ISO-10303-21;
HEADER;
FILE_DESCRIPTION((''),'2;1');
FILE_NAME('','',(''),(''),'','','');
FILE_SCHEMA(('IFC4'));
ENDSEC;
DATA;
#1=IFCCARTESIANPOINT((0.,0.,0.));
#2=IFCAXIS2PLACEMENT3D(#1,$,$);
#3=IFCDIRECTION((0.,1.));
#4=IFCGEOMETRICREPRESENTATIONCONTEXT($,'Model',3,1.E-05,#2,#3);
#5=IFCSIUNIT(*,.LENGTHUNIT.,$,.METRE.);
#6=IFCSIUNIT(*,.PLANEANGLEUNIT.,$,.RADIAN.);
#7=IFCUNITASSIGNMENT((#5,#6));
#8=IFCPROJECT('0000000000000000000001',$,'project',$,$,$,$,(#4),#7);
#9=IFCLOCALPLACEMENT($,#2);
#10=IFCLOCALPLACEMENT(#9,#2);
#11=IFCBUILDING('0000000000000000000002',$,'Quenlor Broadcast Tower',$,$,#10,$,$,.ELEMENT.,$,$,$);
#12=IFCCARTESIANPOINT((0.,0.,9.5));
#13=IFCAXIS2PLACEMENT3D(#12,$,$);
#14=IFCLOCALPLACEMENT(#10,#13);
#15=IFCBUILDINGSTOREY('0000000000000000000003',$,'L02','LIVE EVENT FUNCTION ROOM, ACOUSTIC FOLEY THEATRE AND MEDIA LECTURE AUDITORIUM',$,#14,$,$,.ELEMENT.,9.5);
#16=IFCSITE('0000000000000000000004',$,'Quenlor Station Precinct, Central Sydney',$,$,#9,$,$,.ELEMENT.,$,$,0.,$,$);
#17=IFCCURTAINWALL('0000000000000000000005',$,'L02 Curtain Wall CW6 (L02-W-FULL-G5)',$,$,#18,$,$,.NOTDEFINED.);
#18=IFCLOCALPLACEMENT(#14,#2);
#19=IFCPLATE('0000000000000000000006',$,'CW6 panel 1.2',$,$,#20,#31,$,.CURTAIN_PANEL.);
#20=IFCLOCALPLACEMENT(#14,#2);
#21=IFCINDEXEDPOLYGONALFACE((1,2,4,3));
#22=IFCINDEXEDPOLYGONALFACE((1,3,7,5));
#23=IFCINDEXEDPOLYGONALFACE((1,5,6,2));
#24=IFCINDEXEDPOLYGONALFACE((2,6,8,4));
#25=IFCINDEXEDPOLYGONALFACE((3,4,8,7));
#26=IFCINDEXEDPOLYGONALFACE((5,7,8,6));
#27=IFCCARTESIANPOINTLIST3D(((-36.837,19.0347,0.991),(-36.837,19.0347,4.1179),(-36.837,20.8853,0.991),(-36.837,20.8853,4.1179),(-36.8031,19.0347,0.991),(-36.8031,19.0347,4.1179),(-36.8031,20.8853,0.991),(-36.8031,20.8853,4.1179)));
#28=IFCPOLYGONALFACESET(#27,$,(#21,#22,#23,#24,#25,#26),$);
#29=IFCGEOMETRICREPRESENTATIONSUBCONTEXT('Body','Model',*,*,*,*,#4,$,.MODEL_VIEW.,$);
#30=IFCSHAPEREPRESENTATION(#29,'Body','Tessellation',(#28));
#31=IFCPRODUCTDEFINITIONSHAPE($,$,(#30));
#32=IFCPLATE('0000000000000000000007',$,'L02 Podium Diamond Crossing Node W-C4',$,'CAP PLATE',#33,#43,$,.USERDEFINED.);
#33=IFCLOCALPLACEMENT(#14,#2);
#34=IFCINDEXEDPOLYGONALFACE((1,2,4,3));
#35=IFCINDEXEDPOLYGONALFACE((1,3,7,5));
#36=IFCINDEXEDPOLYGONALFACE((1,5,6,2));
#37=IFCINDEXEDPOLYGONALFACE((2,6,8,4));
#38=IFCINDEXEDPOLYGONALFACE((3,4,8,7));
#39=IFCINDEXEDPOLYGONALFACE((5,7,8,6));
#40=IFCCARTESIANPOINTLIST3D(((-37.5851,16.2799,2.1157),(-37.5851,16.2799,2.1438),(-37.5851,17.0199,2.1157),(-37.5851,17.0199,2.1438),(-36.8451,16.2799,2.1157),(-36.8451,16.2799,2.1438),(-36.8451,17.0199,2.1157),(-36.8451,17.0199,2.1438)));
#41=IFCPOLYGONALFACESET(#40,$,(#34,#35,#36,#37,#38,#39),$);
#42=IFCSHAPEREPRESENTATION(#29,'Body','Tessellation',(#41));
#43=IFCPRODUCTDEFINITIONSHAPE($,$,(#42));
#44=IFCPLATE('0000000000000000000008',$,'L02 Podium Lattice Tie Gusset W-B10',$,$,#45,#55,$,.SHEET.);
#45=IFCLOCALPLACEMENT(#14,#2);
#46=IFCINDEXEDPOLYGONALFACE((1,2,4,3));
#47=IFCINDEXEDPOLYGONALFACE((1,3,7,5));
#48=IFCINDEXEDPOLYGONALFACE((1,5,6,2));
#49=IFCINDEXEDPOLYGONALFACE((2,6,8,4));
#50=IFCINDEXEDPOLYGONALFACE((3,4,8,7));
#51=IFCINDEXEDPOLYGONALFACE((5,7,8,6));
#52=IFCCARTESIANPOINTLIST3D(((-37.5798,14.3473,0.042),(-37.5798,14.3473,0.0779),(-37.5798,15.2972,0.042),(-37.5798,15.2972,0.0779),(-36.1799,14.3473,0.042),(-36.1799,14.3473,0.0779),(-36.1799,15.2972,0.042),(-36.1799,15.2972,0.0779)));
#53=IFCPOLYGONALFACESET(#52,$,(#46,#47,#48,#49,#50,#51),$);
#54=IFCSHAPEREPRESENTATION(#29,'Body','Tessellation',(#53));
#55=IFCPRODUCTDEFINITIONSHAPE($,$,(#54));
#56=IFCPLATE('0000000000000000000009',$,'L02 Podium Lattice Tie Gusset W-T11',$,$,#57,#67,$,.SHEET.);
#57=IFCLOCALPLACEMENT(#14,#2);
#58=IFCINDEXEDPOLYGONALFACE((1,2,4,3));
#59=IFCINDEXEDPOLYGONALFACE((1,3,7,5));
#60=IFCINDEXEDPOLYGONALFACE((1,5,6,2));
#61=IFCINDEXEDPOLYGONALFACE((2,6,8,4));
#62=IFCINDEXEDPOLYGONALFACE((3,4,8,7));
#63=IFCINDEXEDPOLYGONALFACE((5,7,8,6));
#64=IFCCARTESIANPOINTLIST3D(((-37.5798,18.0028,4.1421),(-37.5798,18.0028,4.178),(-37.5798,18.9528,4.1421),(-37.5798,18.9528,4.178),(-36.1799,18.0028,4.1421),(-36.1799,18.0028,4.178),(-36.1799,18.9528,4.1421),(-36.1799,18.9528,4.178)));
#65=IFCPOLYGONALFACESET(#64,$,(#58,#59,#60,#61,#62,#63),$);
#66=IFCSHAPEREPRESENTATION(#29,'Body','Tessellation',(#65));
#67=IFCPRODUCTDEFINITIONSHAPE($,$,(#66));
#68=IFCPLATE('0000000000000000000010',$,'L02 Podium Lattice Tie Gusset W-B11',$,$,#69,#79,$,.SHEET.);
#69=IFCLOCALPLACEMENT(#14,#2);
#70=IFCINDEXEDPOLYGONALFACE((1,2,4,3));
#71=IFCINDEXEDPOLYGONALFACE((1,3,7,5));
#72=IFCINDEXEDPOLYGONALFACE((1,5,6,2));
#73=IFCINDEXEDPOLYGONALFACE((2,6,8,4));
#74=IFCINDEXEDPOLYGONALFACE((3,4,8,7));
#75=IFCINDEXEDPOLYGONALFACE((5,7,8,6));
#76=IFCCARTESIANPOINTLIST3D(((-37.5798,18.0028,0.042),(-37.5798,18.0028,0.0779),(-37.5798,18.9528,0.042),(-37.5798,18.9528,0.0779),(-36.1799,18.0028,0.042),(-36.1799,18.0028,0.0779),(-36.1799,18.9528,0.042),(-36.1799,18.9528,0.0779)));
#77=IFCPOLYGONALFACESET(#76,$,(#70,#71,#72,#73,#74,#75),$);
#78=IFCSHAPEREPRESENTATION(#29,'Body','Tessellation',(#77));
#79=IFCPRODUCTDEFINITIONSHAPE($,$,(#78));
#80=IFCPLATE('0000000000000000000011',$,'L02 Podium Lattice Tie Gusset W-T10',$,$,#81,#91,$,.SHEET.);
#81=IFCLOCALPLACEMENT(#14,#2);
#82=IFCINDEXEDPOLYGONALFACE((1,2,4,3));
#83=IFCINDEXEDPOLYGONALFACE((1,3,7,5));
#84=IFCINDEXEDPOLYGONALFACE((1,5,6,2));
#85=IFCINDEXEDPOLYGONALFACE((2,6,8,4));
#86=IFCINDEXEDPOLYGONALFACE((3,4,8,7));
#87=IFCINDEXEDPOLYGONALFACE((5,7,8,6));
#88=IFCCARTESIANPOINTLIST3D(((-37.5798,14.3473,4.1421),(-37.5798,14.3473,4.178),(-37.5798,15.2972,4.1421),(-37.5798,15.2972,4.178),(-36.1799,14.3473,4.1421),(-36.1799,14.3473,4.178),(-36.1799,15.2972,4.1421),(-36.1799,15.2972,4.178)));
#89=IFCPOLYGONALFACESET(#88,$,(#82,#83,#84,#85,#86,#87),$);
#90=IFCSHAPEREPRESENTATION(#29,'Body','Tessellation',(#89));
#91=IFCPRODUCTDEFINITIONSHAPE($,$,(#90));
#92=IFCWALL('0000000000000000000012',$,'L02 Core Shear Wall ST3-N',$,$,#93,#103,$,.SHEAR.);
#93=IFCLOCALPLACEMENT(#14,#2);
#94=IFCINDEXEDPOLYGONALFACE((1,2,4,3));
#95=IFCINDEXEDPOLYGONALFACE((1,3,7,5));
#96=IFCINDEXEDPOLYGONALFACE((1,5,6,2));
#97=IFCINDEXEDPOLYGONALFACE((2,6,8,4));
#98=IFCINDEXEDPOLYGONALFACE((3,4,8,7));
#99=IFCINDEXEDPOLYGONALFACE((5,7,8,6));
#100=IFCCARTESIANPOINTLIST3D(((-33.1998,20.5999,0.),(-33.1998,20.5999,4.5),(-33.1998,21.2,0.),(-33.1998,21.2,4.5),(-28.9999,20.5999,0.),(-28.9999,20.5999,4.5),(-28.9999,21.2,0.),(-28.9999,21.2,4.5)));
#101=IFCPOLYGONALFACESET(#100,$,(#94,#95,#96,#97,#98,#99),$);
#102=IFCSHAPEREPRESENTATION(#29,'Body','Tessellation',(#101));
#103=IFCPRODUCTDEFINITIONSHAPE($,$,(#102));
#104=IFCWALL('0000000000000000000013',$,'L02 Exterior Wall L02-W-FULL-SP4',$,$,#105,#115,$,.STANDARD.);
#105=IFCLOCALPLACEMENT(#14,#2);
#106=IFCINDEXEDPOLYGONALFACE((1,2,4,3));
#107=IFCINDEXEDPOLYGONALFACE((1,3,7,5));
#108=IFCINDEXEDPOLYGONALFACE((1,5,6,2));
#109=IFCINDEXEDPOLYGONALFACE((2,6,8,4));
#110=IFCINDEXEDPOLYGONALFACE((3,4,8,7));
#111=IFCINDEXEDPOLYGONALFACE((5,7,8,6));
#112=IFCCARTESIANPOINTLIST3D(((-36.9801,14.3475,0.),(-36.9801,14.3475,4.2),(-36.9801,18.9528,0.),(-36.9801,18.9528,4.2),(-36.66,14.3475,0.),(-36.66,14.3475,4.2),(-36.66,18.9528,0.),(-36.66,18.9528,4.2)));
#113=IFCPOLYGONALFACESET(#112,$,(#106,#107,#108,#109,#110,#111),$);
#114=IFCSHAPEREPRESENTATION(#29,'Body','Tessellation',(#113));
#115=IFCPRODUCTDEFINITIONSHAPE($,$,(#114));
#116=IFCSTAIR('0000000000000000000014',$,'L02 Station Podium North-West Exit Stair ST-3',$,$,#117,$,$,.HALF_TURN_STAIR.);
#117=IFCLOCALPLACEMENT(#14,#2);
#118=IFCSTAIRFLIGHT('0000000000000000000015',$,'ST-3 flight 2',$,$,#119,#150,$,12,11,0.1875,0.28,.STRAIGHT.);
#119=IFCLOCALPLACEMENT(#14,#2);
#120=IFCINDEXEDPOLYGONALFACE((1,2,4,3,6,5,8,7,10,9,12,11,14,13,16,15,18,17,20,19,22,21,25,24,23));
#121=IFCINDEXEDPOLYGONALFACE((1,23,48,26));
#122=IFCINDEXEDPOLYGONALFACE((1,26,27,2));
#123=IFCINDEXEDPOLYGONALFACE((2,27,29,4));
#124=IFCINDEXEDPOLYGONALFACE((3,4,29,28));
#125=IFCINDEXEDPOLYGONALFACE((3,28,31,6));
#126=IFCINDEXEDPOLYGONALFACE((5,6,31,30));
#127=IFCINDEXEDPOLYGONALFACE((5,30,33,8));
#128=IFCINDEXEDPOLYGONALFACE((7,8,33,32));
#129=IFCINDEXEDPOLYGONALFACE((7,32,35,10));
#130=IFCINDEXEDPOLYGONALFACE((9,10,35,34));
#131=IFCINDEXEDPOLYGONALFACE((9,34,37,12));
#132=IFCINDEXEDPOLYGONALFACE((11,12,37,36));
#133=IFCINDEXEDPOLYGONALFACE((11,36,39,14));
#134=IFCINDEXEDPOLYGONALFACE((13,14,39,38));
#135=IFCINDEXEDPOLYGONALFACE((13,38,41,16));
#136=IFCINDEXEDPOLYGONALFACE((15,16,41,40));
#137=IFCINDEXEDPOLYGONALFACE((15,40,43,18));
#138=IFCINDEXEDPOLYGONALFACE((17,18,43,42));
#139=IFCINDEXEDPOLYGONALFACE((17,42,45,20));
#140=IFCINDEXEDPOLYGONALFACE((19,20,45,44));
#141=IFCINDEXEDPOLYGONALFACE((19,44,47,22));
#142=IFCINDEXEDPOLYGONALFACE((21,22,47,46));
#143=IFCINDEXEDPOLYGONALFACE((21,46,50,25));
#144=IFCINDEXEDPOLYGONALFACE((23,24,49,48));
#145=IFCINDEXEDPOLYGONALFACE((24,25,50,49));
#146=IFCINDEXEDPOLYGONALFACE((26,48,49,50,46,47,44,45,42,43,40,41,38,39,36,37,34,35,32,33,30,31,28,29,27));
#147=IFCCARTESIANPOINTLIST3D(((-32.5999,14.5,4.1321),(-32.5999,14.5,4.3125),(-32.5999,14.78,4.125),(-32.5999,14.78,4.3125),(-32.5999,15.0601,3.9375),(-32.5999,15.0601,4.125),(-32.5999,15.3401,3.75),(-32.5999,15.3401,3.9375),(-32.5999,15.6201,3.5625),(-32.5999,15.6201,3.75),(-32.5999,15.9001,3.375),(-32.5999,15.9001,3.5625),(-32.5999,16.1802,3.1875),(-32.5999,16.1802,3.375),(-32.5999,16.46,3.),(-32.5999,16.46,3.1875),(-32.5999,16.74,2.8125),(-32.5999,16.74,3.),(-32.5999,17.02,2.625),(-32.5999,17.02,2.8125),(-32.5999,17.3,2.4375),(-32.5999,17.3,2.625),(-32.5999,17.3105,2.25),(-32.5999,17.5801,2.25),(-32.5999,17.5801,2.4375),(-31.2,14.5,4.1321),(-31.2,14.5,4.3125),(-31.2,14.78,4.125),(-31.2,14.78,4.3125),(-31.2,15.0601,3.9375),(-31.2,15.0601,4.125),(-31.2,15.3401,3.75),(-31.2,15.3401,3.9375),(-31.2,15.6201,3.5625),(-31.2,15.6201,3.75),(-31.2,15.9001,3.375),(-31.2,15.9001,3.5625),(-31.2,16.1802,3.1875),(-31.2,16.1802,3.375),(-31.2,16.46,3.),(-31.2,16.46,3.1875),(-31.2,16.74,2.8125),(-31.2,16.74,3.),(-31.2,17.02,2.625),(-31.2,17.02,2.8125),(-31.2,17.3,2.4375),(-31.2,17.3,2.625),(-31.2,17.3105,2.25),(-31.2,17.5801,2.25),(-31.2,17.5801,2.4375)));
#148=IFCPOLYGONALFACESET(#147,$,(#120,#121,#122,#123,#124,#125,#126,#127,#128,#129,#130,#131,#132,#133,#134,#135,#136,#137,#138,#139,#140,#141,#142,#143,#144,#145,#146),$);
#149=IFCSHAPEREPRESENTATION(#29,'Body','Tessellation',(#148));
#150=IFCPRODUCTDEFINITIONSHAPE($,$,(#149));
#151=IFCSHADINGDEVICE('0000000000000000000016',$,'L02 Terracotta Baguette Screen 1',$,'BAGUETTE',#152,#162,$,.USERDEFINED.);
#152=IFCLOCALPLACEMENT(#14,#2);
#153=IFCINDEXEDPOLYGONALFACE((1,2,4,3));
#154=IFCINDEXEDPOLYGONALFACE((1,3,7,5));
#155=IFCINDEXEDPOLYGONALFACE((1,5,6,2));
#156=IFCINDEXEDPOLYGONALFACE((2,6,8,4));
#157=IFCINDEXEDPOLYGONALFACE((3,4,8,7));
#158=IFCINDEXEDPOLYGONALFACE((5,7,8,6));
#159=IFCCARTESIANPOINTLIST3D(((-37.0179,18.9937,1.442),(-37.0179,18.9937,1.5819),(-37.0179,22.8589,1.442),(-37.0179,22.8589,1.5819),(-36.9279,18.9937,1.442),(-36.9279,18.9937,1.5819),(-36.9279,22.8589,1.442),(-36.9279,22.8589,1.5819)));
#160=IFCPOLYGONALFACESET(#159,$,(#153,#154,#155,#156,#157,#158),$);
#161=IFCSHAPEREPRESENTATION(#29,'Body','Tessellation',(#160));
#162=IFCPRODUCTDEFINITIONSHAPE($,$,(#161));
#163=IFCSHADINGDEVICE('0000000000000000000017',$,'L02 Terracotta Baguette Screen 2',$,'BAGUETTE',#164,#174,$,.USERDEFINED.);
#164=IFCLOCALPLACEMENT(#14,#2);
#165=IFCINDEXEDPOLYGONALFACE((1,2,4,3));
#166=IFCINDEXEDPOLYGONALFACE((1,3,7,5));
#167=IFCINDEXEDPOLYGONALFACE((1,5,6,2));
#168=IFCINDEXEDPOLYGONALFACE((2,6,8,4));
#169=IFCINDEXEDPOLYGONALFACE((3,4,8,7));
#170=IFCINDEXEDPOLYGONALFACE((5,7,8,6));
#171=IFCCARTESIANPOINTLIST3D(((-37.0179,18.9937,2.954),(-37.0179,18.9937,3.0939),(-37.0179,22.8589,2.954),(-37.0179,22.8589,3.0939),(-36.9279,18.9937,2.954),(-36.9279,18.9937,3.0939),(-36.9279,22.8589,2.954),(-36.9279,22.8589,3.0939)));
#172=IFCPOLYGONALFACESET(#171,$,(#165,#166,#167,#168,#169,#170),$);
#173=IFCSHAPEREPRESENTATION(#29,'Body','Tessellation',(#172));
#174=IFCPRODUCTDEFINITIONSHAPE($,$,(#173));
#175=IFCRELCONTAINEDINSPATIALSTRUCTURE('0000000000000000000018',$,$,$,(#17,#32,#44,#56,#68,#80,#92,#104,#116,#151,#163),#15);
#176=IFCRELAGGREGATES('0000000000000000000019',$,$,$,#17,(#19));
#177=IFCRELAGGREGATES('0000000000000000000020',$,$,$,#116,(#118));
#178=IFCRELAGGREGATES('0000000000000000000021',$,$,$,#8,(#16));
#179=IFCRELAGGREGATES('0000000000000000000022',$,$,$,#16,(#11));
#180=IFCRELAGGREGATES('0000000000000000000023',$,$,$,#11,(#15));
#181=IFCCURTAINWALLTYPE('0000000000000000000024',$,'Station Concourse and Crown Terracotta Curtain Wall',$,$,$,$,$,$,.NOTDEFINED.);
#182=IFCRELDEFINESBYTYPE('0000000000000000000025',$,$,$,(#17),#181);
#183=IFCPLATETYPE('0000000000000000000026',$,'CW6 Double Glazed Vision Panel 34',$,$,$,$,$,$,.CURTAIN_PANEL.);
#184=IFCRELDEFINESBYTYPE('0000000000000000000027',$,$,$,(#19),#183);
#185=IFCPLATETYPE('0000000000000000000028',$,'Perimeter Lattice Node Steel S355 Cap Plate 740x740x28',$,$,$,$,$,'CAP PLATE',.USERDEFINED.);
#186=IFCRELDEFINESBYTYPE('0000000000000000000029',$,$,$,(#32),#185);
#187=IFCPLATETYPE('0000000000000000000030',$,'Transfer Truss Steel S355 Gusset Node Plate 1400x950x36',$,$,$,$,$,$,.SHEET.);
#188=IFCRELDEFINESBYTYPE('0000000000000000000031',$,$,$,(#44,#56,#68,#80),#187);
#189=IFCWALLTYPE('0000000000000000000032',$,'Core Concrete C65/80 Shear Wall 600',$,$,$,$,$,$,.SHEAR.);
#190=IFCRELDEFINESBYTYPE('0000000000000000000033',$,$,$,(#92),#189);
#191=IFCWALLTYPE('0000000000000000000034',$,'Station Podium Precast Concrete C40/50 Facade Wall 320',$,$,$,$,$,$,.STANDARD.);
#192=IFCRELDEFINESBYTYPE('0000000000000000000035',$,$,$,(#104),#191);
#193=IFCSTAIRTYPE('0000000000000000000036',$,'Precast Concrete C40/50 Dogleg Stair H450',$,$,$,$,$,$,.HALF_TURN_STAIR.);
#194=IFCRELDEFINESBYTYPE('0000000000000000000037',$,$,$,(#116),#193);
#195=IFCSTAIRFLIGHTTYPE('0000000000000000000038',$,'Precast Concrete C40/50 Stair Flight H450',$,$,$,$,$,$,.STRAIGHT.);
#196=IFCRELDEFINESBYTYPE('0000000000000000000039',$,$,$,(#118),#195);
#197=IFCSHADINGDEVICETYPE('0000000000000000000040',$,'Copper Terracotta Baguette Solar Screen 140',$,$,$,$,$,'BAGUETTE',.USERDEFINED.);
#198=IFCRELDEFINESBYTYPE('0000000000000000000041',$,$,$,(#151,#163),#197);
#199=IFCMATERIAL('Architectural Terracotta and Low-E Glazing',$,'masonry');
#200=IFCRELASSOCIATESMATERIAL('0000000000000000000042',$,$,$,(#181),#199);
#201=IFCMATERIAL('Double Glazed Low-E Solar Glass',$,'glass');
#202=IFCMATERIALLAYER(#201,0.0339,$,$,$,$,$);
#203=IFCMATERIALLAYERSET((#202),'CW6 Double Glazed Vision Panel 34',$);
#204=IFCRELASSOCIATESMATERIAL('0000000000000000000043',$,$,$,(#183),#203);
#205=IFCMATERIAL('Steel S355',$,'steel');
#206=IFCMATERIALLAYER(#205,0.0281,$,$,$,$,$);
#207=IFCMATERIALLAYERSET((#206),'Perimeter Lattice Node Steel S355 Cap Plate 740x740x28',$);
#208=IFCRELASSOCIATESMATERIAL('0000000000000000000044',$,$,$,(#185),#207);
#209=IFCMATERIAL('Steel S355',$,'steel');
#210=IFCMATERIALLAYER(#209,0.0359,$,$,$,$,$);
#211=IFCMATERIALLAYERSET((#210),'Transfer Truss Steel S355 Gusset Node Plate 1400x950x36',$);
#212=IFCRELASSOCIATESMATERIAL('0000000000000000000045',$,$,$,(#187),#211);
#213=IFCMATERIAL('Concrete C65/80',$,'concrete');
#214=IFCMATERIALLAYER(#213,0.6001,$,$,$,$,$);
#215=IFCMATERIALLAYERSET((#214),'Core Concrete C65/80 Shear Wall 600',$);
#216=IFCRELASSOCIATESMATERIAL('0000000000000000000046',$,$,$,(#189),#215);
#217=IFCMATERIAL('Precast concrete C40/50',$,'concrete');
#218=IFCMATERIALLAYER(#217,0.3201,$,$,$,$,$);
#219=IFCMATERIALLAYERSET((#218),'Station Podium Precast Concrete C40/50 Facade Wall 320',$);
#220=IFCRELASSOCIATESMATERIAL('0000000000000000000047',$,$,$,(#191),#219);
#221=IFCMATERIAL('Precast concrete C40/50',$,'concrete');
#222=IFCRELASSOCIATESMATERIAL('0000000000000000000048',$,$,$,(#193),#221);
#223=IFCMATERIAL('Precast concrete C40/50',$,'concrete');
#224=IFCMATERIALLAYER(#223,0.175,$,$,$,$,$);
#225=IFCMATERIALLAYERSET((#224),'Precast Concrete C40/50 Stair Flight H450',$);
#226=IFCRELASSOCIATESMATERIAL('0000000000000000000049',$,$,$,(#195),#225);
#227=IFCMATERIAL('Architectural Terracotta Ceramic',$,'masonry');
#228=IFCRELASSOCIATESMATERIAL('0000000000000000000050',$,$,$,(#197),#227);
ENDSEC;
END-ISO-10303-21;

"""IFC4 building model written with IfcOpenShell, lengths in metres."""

from ifc_helpers import new_model, si_unit, direction, frame, frame_2d, origin, origin_2d, place, context, subcontext, project, spatial, polyline, rectangle, outline, extrude, material, layer, layer_set, material_profile, profile_set, type_object, element, aggregate, save


model = new_model("IFC4")

# Units and contexts
model_context = context("Model", 3, precision=1e-05, world=origin(), true_north=direction((0.0, 1.0)))
body_context = subcontext(model_context, "Body", "Model", "MODEL_VIEW")
ifc_project = project(units=[si_unit("LENGTHUNIT", "METRE"), si_unit("PLANEANGLEUNIT", "RADIAN")], contexts=[model_context])

# Site, building, storey
site_placement = place(None, origin())
site = spatial("IfcSite", under=ifc_project, at=site_placement, Name="Quenlor Station Precinct, Central Sydney", CompositionType="ELEMENT", RefElevation=0.0)
building_placement = place(site_placement, origin())
building = spatial("IfcBuilding", under=site, at=building_placement, Name="Quenlor Broadcast Tower", CompositionType="ELEMENT")
storey_placement = place(building_placement, frame((0.0, 0.0, 9.5)))
storey = spatial("IfcBuildingStorey", under=building, at=storey_placement, Name="L02", Description="LIVE EVENT FUNCTION ROOM, ACOUSTIC FOLEY THEATRE AND MEDIA LECTURE AUDITORIUM", CompositionType="ELEMENT", Elevation=9.5)

# Curtain wall
ifc_material_1 = material(Name="Architectural Terracotta and Low-E Glazing", Category="masonry")
curtain_wall_type = type_object("IfcCurtainWallType", Name="Station Concourse and Crown Terracotta Curtain Wall", PredefinedType="NOTDEFINED", material=ifc_material_1)
curtain_wall_placement = place(storey_placement, origin())
curtain_wall = element("IfcCurtainWall", 1, at=curtain_wall_placement, inside=storey, type_object=curtain_wall_type, Name="L02 Curtain Wall CW6 (L02-W-FULL-G5)", PredefinedType="NOTDEFINED")

# Plate
ifc_material_2 = material(Name="Double Glazed Low-E Solar Glass", Category="glass")
ifc_layer_1 = layer(ifc_material_2, 0.0339)
ifc_layer_set_1 = layer_set([ifc_layer_1], Name="CW6 Double Glazed Vision Panel 34")
plate_type_1 = type_object("IfcPlateType", Name="CW6 Double Glazed Vision Panel 34", PredefinedType="CURTAIN_PANEL", material=ifc_layer_set_1)
plate_1_placement = place(storey_placement, frame((-36.8201, 19.96, 0.991), z_axis=(0.0, 0.0, 1.0), x_axis=(0.0, 1.0, 0.0)))
plate_1 = element("IfcPlate", 2, at=plate_1_placement, type_object=plate_type_1, Name="CW6 panel 1.2", PredefinedType="CURTAIN_PANEL", context=body_context, shape_type="SweptSolid", body=[
    extrude(rectangle(XDim=1.8506, YDim=0.0339, at=origin_2d()), origin(), (0.0, 0.0, 1.0), 3.127),
])
aggregate(curtain_wall, [plate_1])

# Plates
ifc_material_3 = material(Name="Steel S355", Category="steel")
ifc_layer_2 = layer(ifc_material_3, 0.0281)
ifc_layer_set_2 = layer_set([ifc_layer_2], Name="Perimeter Lattice Node Steel S355 Cap Plate 740x740x28")
plate_type_2 = type_object("IfcPlateType", Name="Perimeter Lattice Node Steel S355 Cap Plate 740x740x28", ElementType="CAP PLATE", PredefinedType="USERDEFINED", material=ifc_layer_set_2)
plate_2_placement = place(storey_placement, frame((-37.2151, 16.6499, 2.1157), z_axis=(0.0, 0.0, 1.0), x_axis=(0.0, 1.0, 0.0)))
element("IfcPlate", 3, at=plate_2_placement, inside=storey, type_object=plate_type_2, Name="L02 Podium Diamond Crossing Node W-C4", ObjectType="CAP PLATE", PredefinedType="USERDEFINED", context=body_context, shape_type="SweptSolid", body=[
    extrude(rectangle(XDim=0.74, YDim=0.74, at=origin_2d()), origin(), (0.0, 0.0, 1.0), 0.0281),
])
ifc_material_4 = material(Name="Steel S355", Category="steel")
ifc_layer_3 = layer(ifc_material_4, 0.0359)
ifc_layer_set_3 = layer_set([ifc_layer_3], Name="Transfer Truss Steel S355 Gusset Node Plate 1400x950x36")
plate_type_3 = type_object("IfcPlateType", Name="Transfer Truss Steel S355 Gusset Node Plate 1400x950x36", PredefinedType="SHEET", material=ifc_layer_set_3)
for number, where, z_axis, x_axis, name in (
    (4, (-36.8799, 14.8223, 0.042), (0.0, 0.0, 1.0), (-1.0, 0.0, 0.0), "L02 Podium Lattice Tie Gusset W-B10"),
    (5, (-36.8799, 18.4778, 4.1421), (0.0, 0.0, 1.0), (-1.0, 0.0, 0.0), "L02 Podium Lattice Tie Gusset W-T11"),
    (6, (-36.8799, 18.4778, 0.042), (0.0, 0.0, 1.0), (-1.0, 0.0, 0.0), "L02 Podium Lattice Tie Gusset W-B11"),
    (7, (-36.8799, 14.8223, 4.1421), (0.0, 0.0, 1.0), (-1.0, 0.0, 0.0), "L02 Podium Lattice Tie Gusset W-T10"),
):
    element("IfcPlate", number, at=place(storey_placement, frame(where, z_axis=z_axis, x_axis=x_axis)), inside=storey, type_object=plate_type_3, Name=name, PredefinedType="SHEET", context=body_context, shape_type="SweptSolid", body=[
        extrude(rectangle(XDim=1.3999, YDim=0.95, at=origin_2d()), origin(), (0.0, 0.0, 1.0), 0.0359),
    ])

# Walls
ifc_material_5 = material(Name="Concrete C65/80", Category="concrete")
ifc_layer_4 = layer(ifc_material_5, 0.6001)
ifc_layer_set_4 = layer_set([ifc_layer_4], Name="Core Concrete C65/80 Shear Wall 600")
wall_type_1 = type_object("IfcWallType", Name="Core Concrete C65/80 Shear Wall 600", PredefinedType="SHEAR", material=ifc_layer_set_4)
wall_1_placement = place(storey_placement, frame((-33.2, 20.8999, 0.0), z_axis=(0.0, 0.0, 1.0), x_axis=(1.0, 0.0, 0.0)))
element("IfcWall", 8, at=wall_1_placement, inside=storey, type_object=wall_type_1, Name="L02 Core Shear Wall ST3-N", PredefinedType="SHEAR", context=body_context, shape_type="SweptSolid", body=[
    extrude(rectangle(XDim=4.2, YDim=0.6001, at=frame_2d((2.1001, 0.0))), origin(), (0.0, 0.0, 1.0), 4.5),
])
ifc_material_6 = material(Name="Precast concrete C40/50", Category="concrete")
ifc_layer_5 = layer(ifc_material_6, 0.3201)
ifc_layer_set_5 = layer_set([ifc_layer_5], Name="Station Podium Precast Concrete C40/50 Facade Wall 320")
wall_type_2 = type_object("IfcWallType", Name="Station Podium Precast Concrete C40/50 Facade Wall 320", PredefinedType="STANDARD", material=ifc_layer_set_5)
wall_2_placement = place(storey_placement, frame((-36.8201, 14.3474, 0.0), z_axis=(0.0, 0.0, 1.0), x_axis=(0.0, 1.0, 0.0)))
element("IfcWall", 9, at=wall_2_placement, inside=storey, type_object=wall_type_2, Name="L02 Exterior Wall L02-W-FULL-SP4", PredefinedType="STANDARD", context=body_context, shape_type="SweptSolid", body=[
    extrude(rectangle(XDim=4.6052, YDim=0.3201, at=frame_2d((2.3027, 0.0))), origin(), (0.0, 0.0, 1.0), 4.2),
])

# Stair, stair flight
ifc_material_7 = material(Name="Precast concrete C40/50", Category="concrete")
stair_type = type_object("IfcStairType", Name="Precast Concrete C40/50 Dogleg Stair H450", PredefinedType="HALF_TURN_STAIR", material=ifc_material_7)
stair_placement = place(storey_placement, origin())
stair = element("IfcStair", 10, at=stair_placement, inside=storey, type_object=stair_type, Name="L02 Station Podium North-West Exit Stair ST-3", PredefinedType="HALF_TURN_STAIR")
ifc_material_8 = material(Name="Precast concrete C40/50", Category="concrete")
ifc_layer_6 = layer(ifc_material_8, 0.175)
ifc_layer_set_6 = layer_set([ifc_layer_6], Name="Precast Concrete C40/50 Stair Flight H450")
stair_flight_type = type_object("IfcStairFlightType", Name="Precast Concrete C40/50 Stair Flight H450", PredefinedType="STRAIGHT", material=ifc_layer_set_6)
stair_flight_placement = place(storey_placement, frame((-31.8999, 17.5801, 2.25), z_axis=(0.0, 0.0, 1.0), x_axis=(0.0, -1.0, 0.0)))
stair_flight = element("IfcStairFlight", 11, at=stair_flight_placement, type_object=stair_flight_type, Name="ST-3 flight 2", NumberOfRisers=12, NumberOfTreads=11, PredefinedType="STRAIGHT", RiserHeight=0.1875, TreadLength=0.28, context=body_context, shape_type="SweptSolid", body=[
    extrude(outline(polyline([(0.0, 0.0), (0.0, 0.1875), (0.28, 0.1875), (0.28, 0.375), (0.5601, 0.375), (0.5601, 0.5625), (0.8401, 0.5625), (0.8401, 0.75), (1.1201, 0.75), (1.1201, 0.9375), (1.3999, 0.9375), (1.3999, 1.125), (1.6799, 1.125), (1.6799, 1.3125), (1.96, 1.3125), (1.96, 1.5), (2.24, 1.5), (2.24, 1.6875), (2.52, 1.6875), (2.52, 1.875), (2.8, 1.875), (2.8, 2.0625), (3.0801, 2.0625), (3.0801, 2.25), (3.0801, 1.8821), (0.2695, 0.0), (0.0, 0.0)])), frame((0.0, 0.7, 0.0), z_axis=(0.0, -1.0, 0.0), x_axis=(1.0, 0.0, 0.0)), (0.0, 0.0, 1.0), 1.3999),
])
aggregate(stair, [stair_flight])

# Shading devices
ifc_material_9 = material(Name="Architectural Terracotta Ceramic", Category="masonry")
ifc_material_profile_1 = material_profile(ifc_material_9, rectangle(XDim=0.0901, YDim=0.1399, at=origin_2d()))
ifc_profile_set_1 = profile_set([ifc_material_profile_1], Name="Architectural Terracotta Ceramic BAG90x140")
shading_device_type = type_object("IfcShadingDeviceType", Name="Copper Terracotta Baguette Solar Screen 140", ElementType="BAGUETTE", PredefinedType="USERDEFINED", material=ifc_profile_set_1)
for number, where, z_axis, x_axis, name in (
    (12, (-36.9729, 18.9937, 1.512), (0.0, 1.0, 0.0), (-1.0, 0.0, 0.0), "L02 Terracotta Baguette Screen 1"),
    (13, (-36.9729, 18.9937, 3.0239), (0.0, 1.0, 0.0), (-1.0, 0.0, 0.0), "L02 Terracotta Baguette Screen 2"),
):
    element("IfcShadingDevice", number, at=place(storey_placement, frame(where, z_axis=z_axis, x_axis=x_axis)), inside=storey, type_object=shading_device_type, Name=name, ObjectType="BAGUETTE", PredefinedType="USERDEFINED", context=body_context, shape_type="SweptSolid", body=[
        extrude(rectangle(XDim=0.0901, YDim=0.1399, at=origin_2d()), origin(), (0.0, 0.0, 1.0), 3.8652),
    ])

save(model, "model.ifc")
